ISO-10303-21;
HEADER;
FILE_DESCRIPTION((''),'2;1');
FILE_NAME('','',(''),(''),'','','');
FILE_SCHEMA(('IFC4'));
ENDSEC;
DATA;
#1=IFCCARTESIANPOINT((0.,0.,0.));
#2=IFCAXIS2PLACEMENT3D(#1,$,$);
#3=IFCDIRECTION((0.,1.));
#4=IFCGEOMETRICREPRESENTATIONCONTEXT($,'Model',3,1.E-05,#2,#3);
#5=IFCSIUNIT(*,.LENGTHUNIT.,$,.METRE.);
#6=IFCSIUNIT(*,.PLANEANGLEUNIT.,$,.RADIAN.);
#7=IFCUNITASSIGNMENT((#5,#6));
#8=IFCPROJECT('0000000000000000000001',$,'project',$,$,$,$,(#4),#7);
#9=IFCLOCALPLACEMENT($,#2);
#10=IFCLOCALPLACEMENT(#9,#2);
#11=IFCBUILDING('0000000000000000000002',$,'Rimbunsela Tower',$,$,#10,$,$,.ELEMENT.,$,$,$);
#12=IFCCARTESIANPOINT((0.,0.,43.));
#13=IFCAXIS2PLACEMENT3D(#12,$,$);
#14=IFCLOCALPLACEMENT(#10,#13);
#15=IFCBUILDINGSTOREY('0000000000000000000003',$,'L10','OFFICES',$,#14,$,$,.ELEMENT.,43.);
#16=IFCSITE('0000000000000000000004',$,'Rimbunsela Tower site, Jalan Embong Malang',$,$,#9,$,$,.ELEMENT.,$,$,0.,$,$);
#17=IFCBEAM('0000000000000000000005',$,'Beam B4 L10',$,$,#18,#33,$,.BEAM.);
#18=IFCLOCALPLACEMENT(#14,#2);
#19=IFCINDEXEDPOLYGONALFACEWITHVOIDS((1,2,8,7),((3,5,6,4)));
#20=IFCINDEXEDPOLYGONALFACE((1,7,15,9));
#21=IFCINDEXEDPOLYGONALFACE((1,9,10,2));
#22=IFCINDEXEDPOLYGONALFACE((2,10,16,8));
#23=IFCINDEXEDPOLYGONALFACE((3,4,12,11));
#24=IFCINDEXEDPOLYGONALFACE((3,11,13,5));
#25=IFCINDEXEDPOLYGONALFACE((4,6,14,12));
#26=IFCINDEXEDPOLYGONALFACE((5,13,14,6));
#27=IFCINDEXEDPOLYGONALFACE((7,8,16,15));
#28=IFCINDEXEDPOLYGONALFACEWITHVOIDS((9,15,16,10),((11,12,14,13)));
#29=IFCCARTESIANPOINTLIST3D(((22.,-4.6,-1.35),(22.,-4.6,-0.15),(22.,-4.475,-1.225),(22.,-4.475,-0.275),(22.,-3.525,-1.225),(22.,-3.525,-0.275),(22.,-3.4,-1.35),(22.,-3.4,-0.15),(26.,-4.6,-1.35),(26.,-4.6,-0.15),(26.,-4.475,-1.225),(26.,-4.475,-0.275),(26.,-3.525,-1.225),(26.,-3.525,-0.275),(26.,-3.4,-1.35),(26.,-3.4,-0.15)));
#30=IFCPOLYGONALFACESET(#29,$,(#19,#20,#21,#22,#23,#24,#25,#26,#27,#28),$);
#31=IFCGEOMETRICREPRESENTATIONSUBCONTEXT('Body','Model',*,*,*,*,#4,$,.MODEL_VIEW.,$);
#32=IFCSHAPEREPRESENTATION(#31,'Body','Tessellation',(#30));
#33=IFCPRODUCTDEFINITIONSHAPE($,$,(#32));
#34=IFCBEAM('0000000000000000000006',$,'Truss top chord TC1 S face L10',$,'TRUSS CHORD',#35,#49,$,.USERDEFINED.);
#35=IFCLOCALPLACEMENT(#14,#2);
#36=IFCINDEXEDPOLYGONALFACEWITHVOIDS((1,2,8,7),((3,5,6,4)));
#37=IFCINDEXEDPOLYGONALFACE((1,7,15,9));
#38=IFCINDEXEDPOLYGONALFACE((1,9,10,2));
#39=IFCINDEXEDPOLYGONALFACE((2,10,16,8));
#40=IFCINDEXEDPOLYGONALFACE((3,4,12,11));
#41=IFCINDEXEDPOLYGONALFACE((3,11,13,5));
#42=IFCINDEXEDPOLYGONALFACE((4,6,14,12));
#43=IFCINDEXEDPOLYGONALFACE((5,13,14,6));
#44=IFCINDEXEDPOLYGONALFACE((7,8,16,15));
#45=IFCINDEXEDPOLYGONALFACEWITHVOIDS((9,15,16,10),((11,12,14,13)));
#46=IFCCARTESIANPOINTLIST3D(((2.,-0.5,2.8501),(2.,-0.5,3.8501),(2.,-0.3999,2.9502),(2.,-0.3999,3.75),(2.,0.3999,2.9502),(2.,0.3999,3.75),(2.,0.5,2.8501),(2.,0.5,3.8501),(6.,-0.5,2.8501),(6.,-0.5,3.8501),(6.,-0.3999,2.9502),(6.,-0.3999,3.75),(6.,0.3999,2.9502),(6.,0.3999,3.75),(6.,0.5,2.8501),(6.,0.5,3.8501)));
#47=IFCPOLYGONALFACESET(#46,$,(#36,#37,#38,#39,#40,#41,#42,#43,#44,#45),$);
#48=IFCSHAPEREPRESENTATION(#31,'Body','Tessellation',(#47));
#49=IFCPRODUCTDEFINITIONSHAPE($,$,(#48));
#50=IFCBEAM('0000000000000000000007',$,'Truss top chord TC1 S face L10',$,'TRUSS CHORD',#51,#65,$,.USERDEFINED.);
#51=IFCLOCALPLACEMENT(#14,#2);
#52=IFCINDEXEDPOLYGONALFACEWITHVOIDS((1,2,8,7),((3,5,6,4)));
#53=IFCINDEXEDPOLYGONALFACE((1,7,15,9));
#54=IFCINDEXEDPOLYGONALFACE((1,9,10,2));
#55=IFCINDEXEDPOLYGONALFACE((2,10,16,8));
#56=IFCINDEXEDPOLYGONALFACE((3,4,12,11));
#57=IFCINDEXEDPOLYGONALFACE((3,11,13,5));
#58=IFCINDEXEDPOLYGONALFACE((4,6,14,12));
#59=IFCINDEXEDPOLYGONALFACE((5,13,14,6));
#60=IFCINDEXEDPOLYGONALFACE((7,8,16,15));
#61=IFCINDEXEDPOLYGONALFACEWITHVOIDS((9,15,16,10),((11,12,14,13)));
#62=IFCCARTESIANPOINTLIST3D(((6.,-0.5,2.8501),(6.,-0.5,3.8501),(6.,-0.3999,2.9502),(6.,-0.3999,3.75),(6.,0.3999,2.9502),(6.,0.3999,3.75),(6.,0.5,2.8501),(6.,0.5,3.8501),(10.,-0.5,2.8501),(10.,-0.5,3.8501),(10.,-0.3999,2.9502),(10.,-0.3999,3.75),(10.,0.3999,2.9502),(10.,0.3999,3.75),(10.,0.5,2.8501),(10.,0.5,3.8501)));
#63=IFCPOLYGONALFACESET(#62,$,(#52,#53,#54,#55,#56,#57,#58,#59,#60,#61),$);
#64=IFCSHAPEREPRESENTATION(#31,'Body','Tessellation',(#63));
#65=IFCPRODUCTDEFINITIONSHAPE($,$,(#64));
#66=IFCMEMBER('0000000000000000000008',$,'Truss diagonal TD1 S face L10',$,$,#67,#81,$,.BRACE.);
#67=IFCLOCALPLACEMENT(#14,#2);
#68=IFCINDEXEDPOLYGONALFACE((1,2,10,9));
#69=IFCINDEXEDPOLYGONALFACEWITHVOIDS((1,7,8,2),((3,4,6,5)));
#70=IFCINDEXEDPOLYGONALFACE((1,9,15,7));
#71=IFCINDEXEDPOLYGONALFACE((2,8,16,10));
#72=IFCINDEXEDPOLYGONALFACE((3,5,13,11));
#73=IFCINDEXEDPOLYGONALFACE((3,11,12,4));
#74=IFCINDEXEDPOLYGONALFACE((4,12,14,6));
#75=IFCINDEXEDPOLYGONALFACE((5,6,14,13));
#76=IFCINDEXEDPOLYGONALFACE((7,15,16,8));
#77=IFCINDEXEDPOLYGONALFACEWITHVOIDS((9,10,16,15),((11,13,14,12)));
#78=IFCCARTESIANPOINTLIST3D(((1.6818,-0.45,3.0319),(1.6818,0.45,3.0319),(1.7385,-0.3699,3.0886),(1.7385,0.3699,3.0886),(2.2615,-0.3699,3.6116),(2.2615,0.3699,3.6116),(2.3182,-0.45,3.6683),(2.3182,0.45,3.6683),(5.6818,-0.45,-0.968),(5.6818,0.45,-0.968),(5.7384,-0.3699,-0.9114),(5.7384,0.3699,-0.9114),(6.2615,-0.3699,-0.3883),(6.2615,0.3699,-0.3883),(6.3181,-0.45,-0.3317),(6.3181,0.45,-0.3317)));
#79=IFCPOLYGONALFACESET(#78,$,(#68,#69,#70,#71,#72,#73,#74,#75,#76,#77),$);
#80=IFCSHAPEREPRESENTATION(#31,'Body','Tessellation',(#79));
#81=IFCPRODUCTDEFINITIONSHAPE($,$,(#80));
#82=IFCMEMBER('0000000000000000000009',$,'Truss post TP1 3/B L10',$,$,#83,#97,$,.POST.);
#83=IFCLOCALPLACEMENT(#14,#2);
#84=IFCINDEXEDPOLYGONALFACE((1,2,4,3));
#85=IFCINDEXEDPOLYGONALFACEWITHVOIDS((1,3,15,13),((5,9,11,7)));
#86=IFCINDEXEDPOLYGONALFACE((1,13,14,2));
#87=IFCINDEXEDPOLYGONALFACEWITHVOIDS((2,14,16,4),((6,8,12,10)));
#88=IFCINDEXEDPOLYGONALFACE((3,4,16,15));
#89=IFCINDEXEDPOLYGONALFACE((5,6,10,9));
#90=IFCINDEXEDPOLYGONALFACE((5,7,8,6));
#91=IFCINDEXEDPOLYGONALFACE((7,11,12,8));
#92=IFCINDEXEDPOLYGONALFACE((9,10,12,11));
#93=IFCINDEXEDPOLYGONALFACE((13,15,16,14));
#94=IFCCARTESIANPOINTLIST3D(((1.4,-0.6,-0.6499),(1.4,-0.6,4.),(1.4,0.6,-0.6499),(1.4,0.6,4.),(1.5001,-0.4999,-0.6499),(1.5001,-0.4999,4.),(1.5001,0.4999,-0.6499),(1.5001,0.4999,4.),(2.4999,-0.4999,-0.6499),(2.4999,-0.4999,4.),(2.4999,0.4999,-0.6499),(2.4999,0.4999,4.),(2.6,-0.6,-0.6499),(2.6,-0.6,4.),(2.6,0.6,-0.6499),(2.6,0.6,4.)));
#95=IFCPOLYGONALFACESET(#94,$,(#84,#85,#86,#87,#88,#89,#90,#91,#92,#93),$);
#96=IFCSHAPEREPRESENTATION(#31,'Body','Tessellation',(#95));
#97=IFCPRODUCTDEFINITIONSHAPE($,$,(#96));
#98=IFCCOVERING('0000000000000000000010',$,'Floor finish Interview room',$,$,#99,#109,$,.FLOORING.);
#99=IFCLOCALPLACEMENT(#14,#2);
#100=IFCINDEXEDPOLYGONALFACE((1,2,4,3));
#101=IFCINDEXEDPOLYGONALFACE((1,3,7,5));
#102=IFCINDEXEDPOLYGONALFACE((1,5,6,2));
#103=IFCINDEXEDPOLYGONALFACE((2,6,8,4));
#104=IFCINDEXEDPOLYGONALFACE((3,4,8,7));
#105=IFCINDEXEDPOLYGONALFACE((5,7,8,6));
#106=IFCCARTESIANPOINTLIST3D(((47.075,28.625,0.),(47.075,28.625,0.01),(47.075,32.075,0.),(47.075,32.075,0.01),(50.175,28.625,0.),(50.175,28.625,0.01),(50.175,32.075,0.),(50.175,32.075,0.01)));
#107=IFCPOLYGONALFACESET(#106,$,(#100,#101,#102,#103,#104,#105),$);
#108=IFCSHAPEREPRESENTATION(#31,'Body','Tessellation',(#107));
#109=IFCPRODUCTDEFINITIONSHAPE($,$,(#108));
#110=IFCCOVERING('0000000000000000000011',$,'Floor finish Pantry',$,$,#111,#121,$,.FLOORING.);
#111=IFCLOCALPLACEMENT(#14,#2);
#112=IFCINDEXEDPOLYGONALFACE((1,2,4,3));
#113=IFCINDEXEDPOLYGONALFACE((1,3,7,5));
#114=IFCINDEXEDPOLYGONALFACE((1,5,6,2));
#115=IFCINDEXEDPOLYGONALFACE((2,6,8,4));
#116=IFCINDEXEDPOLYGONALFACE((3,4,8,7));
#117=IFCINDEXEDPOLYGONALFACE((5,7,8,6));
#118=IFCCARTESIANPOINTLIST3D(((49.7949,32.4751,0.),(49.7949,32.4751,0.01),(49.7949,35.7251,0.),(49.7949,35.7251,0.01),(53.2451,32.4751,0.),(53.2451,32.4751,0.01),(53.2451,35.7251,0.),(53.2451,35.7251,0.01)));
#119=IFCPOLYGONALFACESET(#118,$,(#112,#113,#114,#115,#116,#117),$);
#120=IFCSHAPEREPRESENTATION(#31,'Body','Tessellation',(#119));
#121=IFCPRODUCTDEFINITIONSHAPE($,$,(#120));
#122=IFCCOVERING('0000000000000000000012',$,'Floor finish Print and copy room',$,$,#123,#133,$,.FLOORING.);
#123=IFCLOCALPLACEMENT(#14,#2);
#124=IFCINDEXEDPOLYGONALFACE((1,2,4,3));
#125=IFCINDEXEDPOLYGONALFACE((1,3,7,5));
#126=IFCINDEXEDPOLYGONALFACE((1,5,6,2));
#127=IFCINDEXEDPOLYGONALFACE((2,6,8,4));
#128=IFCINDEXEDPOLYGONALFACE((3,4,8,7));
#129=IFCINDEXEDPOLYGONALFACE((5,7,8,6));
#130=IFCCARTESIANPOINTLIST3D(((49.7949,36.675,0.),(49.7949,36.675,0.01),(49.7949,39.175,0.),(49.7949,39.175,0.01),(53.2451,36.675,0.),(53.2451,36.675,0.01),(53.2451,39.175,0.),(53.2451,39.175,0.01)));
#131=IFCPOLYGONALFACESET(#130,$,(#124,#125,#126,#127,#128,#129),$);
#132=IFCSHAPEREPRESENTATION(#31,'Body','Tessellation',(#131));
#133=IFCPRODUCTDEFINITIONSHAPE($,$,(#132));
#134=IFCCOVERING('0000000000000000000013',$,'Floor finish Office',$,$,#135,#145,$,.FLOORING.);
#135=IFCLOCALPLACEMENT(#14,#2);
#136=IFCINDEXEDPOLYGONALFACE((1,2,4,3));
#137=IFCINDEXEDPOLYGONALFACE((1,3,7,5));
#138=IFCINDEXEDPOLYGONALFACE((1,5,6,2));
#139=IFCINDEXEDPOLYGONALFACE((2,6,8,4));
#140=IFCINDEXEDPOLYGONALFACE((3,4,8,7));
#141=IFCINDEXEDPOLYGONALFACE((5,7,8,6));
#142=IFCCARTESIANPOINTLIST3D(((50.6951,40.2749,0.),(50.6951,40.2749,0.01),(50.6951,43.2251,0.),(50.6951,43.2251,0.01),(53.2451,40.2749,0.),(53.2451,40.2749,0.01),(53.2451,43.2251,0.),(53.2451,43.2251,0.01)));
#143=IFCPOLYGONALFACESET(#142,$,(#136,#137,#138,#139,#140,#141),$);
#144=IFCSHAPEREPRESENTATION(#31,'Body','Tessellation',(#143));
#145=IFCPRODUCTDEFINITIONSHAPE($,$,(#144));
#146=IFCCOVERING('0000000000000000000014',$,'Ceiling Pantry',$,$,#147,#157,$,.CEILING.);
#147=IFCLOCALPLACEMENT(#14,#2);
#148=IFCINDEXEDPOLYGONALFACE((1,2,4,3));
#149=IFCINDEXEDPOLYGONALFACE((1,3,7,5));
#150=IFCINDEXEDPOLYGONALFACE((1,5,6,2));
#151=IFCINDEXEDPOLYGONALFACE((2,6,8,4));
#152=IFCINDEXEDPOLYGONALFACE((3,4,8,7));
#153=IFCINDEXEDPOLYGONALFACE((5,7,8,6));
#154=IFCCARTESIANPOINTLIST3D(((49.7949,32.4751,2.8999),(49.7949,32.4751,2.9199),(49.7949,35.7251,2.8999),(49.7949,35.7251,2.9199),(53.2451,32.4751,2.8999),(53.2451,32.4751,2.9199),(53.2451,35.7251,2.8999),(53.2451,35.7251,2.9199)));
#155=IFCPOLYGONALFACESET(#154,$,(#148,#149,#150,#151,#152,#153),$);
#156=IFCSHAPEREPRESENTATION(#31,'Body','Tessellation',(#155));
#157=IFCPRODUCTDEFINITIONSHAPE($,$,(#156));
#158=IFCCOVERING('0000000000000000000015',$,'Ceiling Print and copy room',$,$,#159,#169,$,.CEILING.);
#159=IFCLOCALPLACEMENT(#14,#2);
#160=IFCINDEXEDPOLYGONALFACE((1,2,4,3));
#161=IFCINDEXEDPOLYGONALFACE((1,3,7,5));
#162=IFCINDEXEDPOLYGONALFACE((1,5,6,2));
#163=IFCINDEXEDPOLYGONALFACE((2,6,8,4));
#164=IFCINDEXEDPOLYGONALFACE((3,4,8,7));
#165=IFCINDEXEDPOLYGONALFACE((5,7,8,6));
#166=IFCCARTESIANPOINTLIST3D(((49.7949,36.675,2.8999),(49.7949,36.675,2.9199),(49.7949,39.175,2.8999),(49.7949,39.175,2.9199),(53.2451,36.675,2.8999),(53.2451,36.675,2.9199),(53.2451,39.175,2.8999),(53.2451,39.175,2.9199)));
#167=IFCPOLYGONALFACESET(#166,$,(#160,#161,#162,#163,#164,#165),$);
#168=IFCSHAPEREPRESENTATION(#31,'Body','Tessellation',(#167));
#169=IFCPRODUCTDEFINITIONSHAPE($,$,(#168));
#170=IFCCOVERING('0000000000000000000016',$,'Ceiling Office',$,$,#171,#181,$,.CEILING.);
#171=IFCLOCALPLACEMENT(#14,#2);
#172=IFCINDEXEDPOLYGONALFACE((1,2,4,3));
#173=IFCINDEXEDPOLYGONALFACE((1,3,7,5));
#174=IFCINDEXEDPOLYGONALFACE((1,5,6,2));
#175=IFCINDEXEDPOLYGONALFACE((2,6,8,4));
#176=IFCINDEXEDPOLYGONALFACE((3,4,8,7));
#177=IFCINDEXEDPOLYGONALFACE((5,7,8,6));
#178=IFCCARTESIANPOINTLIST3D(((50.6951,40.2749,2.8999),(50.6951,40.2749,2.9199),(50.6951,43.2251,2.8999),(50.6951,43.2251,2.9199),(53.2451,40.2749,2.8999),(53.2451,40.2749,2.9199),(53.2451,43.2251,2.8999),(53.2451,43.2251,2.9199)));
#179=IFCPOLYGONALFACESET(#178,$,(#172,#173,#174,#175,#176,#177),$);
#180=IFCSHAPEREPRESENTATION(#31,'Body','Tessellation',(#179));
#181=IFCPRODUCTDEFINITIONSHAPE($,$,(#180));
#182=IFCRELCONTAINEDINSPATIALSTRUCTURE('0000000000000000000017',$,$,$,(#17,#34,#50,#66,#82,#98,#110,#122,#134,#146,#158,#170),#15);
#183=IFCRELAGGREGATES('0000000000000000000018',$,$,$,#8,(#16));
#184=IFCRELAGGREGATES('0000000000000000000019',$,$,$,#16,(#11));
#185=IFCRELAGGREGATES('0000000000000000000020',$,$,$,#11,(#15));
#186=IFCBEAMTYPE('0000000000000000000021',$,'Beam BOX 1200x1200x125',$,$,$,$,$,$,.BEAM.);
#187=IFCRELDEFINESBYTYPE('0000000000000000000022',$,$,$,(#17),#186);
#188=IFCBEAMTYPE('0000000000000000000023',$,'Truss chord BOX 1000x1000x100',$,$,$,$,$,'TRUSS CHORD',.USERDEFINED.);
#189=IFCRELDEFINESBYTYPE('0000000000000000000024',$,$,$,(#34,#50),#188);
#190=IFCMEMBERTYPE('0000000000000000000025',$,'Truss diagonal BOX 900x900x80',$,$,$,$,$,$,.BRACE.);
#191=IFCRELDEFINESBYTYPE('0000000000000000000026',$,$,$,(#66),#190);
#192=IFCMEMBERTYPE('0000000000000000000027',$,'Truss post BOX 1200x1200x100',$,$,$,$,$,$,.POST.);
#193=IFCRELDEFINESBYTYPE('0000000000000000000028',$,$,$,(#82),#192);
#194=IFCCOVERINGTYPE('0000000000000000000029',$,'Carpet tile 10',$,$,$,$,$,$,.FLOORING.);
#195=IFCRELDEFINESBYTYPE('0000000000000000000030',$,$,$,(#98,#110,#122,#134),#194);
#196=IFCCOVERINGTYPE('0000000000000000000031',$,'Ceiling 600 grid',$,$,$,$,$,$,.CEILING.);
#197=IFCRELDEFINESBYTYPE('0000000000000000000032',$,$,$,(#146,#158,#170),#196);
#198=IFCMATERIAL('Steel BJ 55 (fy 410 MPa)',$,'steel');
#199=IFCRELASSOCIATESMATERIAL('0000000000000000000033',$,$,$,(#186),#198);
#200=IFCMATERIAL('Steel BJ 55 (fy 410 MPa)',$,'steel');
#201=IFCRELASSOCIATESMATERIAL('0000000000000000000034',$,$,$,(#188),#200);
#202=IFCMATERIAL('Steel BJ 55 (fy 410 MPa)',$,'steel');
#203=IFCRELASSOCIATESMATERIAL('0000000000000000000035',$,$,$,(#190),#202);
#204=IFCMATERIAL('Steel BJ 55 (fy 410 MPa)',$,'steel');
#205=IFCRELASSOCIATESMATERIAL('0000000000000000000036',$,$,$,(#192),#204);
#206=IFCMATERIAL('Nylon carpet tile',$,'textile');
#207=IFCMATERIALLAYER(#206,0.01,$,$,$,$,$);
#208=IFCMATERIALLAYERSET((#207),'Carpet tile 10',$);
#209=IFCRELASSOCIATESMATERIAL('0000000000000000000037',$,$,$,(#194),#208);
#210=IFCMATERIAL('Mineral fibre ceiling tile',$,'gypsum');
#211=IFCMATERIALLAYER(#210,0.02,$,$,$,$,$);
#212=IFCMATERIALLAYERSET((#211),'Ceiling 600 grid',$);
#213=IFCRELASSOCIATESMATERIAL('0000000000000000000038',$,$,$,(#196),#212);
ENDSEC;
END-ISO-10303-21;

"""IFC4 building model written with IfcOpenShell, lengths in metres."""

from ifc_helpers import new_model, si_unit, direction, frame, origin, origin_2d, place, context, subcontext, project, spatial, polyline, hollow_rectangle, outline, extrude, material, layer, layer_set, material_profile, profile_set, type_object, element, save


model = new_model("IFC4")

# Units and contexts
model_context = context("Model", 3, precision=1e-05, world=origin(), true_north=direction((0.0, 1.0)))
body_context = subcontext(model_context, "Body", "Model", "MODEL_VIEW")
ifc_project = project(units=[si_unit("LENGTHUNIT", "METRE"), si_unit("PLANEANGLEUNIT", "RADIAN")], contexts=[model_context])

# Site, building, storey
site_placement = place(None, origin())
site = spatial("IfcSite", under=ifc_project, at=site_placement, Name="Rimbunsela Tower site, Jalan Embong Malang", CompositionType="ELEMENT", RefElevation=0.0)
building_placement = place(site_placement, origin())
building = spatial("IfcBuilding", under=site, at=building_placement, Name="Rimbunsela Tower", CompositionType="ELEMENT")
storey_placement = place(building_placement, frame((0.0, 0.0, 43.0)))
storey = spatial("IfcBuildingStorey", under=building, at=storey_placement, Name="L10", Description="OFFICES", CompositionType="ELEMENT", Elevation=43.0)

# Beams
ifc_material_1 = material(Name="Steel BJ 55 (fy 410 MPa)", Category="steel")
ifc_material_profile_1 = material_profile(ifc_material_1, hollow_rectangle(XDim=1.2, YDim=1.2, WallThickness=0.125, at=origin_2d()), Name="BOX 1200x1200x125")
ifc_profile_set_1 = profile_set([ifc_material_profile_1], Name="Steel BJ 55 (fy 410 MPa)")
beam_type_1 = type_object("IfcBeamType", Name="Beam BOX 1200x1200x125", PredefinedType="BEAM", material=ifc_profile_set_1)
for number, where, z_axis, x_axis, name in (
    (1, (22.0, -4.0, -0.75), (1.0, 0.0, 0.0), (0.0, 1.0, 0.0), "Beam B4 L10"),
):
    element("IfcBeam", number, at=place(storey_placement, frame(where, z_axis=z_axis, x_axis=x_axis)), inside=storey, type_object=beam_type_1, Name=name, PredefinedType="BEAM", context=body_context, shape_type="SweptSolid", body=[
        extrude(hollow_rectangle(XDim=1.2, YDim=1.2, WallThickness=0.125, at=origin_2d()), origin(), (0.0, 0.0, 1.0), 4.0),
    ])
ifc_material_2 = material(Name="Steel BJ 55 (fy 410 MPa)", Category="steel")
ifc_material_profile_2 = material_profile(ifc_material_2, hollow_rectangle(XDim=1.0, YDim=1.0, WallThickness=0.1001, at=origin_2d()), Name="BOX 1000x1000x100")
ifc_profile_set_2 = profile_set([ifc_material_profile_2], Name="Steel BJ 55 (fy 410 MPa)")
beam_type_2 = type_object("IfcBeamType", Name="Truss chord BOX 1000x1000x100", ElementType="TRUSS CHORD", PredefinedType="USERDEFINED", material=ifc_profile_set_2)
for number, where, z_axis, x_axis, name in (
    (2, (2.0, 0.0, 3.3501), (1.0, 0.0, 0.0), (0.0, 1.0, 0.0), "Truss top chord TC1 S face L10"),
    (3, (6.0, 0.0, 3.3501), (1.0, 0.0, 0.0), (0.0, 1.0, 0.0), "Truss top chord TC1 S face L10"),
):
    element("IfcBeam", number, at=place(storey_placement, frame(where, z_axis=z_axis, x_axis=x_axis)), inside=storey, type_object=beam_type_2, Name=name, ObjectType="TRUSS CHORD", PredefinedType="USERDEFINED", context=body_context, shape_type="SweptSolid", body=[
        extrude(hollow_rectangle(XDim=1.0, YDim=1.0, WallThickness=0.1001, at=origin_2d()), origin(), (0.0, 0.0, 1.0), 4.0),
    ])

# Members
ifc_material_3 = material(Name="Steel BJ 55 (fy 410 MPa)", Category="steel")
ifc_material_profile_3 = material_profile(ifc_material_3, hollow_rectangle(XDim=0.8999, YDim=0.8999, WallThickness=0.0801, at=origin_2d()), Name="BOX 900x900x80")
ifc_profile_set_3 = profile_set([ifc_material_profile_3], Name="Steel BJ 55 (fy 410 MPa)")
member_type_1 = type_object("IfcMemberType", Name="Truss diagonal BOX 900x900x80", PredefinedType="BRACE", material=ifc_profile_set_3)
member_1_placement = place(storey_placement, frame((2.0, 0.0, 3.3501), z_axis=(0.707107, 0.0, -0.707107), x_axis=(0.0, 1.0, 0.0)))
element("IfcMember", 4, at=member_1_placement, inside=storey, type_object=member_type_1, Name="Truss diagonal TD1 S face L10", PredefinedType="BRACE", context=body_context, shape_type="SweptSolid", body=[
    extrude(hollow_rectangle(XDim=0.8999, YDim=0.8999, WallThickness=0.0801, at=origin_2d()), origin(), (0.0, 0.0, 1.0), 5.6567),
])
ifc_material_4 = material(Name="Steel BJ 55 (fy 410 MPa)", Category="steel")
ifc_material_profile_4 = material_profile(ifc_material_4, hollow_rectangle(XDim=1.2, YDim=1.2, WallThickness=0.1001, at=origin_2d()), Name="BOX 1200x1200x100")
ifc_profile_set_4 = profile_set([ifc_material_profile_4], Name="Steel BJ 55 (fy 410 MPa)")
member_type_2 = type_object("IfcMemberType", Name="Truss post BOX 1200x1200x100", PredefinedType="POST", material=ifc_profile_set_4)
member_2_placement = place(storey_placement, frame((2.0, 0.0, -0.6499), z_axis=(0.0, 0.0, 1.0), x_axis=(1.0, 0.0, 0.0)))
element("IfcMember", 5, at=member_2_placement, inside=storey, type_object=member_type_2, Name="Truss post TP1 3/B L10", PredefinedType="POST", context=body_context, shape_type="SweptSolid", body=[
    extrude(hollow_rectangle(XDim=1.2, YDim=1.2, WallThickness=0.1001, at=origin_2d()), origin(), (0.0, 0.0, 1.0), 4.6499),
])

# Coverings
ifc_material_5 = material(Name="Nylon carpet tile", Category="textile")
ifc_layer_1 = layer(ifc_material_5, 0.01)
ifc_layer_set_1 = layer_set([ifc_layer_1], Name="Carpet tile 10")
covering_type_1 = type_object("IfcCoveringType", Name="Carpet tile 10", PredefinedType="FLOORING", material=ifc_layer_set_1)
covering_1_placement = place(storey_placement, origin())
element("IfcCovering", 6, at=covering_1_placement, inside=storey, type_object=covering_type_1, Name="Floor finish Interview room", PredefinedType="FLOORING", context=body_context, shape_type="SweptSolid", body=[
    extrude(outline(polyline([(50.175, 28.625), (50.175, 32.075), (47.075, 32.075), (47.075, 28.625), (50.175, 28.625)])), origin(), (0.0, 0.0, 1.0), 0.01),
])
covering_2_placement = place(storey_placement, origin())
element("IfcCovering", 7, at=covering_2_placement, inside=storey, type_object=covering_type_1, Name="Floor finish Pantry", PredefinedType="FLOORING", context=body_context, shape_type="SweptSolid", body=[
    extrude(outline(polyline([(53.2451, 32.4751), (53.2451, 35.7251), (49.7949, 35.7251), (49.7949, 32.4751), (53.2451, 32.4751)])), origin(), (0.0, 0.0, 1.0), 0.01),
])
covering_3_placement = place(storey_placement, origin())
element("IfcCovering", 8, at=covering_3_placement, inside=storey, type_object=covering_type_1, Name="Floor finish Print and copy room", PredefinedType="FLOORING", context=body_context, shape_type="SweptSolid", body=[
    extrude(outline(polyline([(53.2451, 36.675), (53.2451, 39.175), (49.7949, 39.175), (49.7949, 36.675), (53.2451, 36.675)])), origin(), (0.0, 0.0, 1.0), 0.01),
])
covering_4_placement = place(storey_placement, origin())
element("IfcCovering", 9, at=covering_4_placement, inside=storey, type_object=covering_type_1, Name="Floor finish Office", PredefinedType="FLOORING", context=body_context, shape_type="SweptSolid", body=[
    extrude(outline(polyline([(53.2451, 40.2749), (53.2451, 43.2251), (50.6951, 43.2251), (50.6951, 40.2749), (53.2451, 40.2749)])), origin(), (0.0, 0.0, 1.0), 0.01),
])
ifc_material_6 = material(Name="Mineral fibre ceiling tile", Category="gypsum")
ifc_layer_2 = layer(ifc_material_6, 0.02)
ifc_layer_set_2 = layer_set([ifc_layer_2], Name="Ceiling 600 grid")
covering_type_2 = type_object("IfcCoveringType", Name="Ceiling 600 grid", PredefinedType="CEILING", material=ifc_layer_set_2)
covering_5_placement = place(storey_placement, frame((0.0, 0.0, 2.8999)))
element("IfcCovering", 10, at=covering_5_placement, inside=storey, type_object=covering_type_2, Name="Ceiling Pantry", PredefinedType="CEILING", context=body_context, shape_type="SweptSolid", body=[
    extrude(outline(polyline([(53.2451, 32.4751), (53.2451, 35.7251), (49.7949, 35.7251), (49.7949, 32.4751), (53.2451, 32.4751)])), origin(), (0.0, 0.0, 1.0), 0.02),
])
covering_6_placement = place(storey_placement, frame((0.0, 0.0, 2.8999)))
element("IfcCovering", 11, at=covering_6_placement, inside=storey, type_object=covering_type_2, Name="Ceiling Print and copy room", PredefinedType="CEILING", context=body_context, shape_type="SweptSolid", body=[
    extrude(outline(polyline([(53.2451, 36.675), (53.2451, 39.175), (49.7949, 39.175), (49.7949, 36.675), (53.2451, 36.675)])), origin(), (0.0, 0.0, 1.0), 0.02),
])
covering_7_placement = place(storey_placement, frame((0.0, 0.0, 2.8999)))
element("IfcCovering", 12, at=covering_7_placement, inside=storey, type_object=covering_type_2, Name="Ceiling Office", PredefinedType="CEILING", context=body_context, shape_type="SweptSolid", body=[
    extrude(outline(polyline([(53.2451, 40.2749), (53.2451, 43.2251), (50.6951, 43.2251), (50.6951, 40.2749), (53.2451, 40.2749)])), origin(), (0.0, 0.0, 1.0), 0.02),
])

save(model, "model.ifc")
